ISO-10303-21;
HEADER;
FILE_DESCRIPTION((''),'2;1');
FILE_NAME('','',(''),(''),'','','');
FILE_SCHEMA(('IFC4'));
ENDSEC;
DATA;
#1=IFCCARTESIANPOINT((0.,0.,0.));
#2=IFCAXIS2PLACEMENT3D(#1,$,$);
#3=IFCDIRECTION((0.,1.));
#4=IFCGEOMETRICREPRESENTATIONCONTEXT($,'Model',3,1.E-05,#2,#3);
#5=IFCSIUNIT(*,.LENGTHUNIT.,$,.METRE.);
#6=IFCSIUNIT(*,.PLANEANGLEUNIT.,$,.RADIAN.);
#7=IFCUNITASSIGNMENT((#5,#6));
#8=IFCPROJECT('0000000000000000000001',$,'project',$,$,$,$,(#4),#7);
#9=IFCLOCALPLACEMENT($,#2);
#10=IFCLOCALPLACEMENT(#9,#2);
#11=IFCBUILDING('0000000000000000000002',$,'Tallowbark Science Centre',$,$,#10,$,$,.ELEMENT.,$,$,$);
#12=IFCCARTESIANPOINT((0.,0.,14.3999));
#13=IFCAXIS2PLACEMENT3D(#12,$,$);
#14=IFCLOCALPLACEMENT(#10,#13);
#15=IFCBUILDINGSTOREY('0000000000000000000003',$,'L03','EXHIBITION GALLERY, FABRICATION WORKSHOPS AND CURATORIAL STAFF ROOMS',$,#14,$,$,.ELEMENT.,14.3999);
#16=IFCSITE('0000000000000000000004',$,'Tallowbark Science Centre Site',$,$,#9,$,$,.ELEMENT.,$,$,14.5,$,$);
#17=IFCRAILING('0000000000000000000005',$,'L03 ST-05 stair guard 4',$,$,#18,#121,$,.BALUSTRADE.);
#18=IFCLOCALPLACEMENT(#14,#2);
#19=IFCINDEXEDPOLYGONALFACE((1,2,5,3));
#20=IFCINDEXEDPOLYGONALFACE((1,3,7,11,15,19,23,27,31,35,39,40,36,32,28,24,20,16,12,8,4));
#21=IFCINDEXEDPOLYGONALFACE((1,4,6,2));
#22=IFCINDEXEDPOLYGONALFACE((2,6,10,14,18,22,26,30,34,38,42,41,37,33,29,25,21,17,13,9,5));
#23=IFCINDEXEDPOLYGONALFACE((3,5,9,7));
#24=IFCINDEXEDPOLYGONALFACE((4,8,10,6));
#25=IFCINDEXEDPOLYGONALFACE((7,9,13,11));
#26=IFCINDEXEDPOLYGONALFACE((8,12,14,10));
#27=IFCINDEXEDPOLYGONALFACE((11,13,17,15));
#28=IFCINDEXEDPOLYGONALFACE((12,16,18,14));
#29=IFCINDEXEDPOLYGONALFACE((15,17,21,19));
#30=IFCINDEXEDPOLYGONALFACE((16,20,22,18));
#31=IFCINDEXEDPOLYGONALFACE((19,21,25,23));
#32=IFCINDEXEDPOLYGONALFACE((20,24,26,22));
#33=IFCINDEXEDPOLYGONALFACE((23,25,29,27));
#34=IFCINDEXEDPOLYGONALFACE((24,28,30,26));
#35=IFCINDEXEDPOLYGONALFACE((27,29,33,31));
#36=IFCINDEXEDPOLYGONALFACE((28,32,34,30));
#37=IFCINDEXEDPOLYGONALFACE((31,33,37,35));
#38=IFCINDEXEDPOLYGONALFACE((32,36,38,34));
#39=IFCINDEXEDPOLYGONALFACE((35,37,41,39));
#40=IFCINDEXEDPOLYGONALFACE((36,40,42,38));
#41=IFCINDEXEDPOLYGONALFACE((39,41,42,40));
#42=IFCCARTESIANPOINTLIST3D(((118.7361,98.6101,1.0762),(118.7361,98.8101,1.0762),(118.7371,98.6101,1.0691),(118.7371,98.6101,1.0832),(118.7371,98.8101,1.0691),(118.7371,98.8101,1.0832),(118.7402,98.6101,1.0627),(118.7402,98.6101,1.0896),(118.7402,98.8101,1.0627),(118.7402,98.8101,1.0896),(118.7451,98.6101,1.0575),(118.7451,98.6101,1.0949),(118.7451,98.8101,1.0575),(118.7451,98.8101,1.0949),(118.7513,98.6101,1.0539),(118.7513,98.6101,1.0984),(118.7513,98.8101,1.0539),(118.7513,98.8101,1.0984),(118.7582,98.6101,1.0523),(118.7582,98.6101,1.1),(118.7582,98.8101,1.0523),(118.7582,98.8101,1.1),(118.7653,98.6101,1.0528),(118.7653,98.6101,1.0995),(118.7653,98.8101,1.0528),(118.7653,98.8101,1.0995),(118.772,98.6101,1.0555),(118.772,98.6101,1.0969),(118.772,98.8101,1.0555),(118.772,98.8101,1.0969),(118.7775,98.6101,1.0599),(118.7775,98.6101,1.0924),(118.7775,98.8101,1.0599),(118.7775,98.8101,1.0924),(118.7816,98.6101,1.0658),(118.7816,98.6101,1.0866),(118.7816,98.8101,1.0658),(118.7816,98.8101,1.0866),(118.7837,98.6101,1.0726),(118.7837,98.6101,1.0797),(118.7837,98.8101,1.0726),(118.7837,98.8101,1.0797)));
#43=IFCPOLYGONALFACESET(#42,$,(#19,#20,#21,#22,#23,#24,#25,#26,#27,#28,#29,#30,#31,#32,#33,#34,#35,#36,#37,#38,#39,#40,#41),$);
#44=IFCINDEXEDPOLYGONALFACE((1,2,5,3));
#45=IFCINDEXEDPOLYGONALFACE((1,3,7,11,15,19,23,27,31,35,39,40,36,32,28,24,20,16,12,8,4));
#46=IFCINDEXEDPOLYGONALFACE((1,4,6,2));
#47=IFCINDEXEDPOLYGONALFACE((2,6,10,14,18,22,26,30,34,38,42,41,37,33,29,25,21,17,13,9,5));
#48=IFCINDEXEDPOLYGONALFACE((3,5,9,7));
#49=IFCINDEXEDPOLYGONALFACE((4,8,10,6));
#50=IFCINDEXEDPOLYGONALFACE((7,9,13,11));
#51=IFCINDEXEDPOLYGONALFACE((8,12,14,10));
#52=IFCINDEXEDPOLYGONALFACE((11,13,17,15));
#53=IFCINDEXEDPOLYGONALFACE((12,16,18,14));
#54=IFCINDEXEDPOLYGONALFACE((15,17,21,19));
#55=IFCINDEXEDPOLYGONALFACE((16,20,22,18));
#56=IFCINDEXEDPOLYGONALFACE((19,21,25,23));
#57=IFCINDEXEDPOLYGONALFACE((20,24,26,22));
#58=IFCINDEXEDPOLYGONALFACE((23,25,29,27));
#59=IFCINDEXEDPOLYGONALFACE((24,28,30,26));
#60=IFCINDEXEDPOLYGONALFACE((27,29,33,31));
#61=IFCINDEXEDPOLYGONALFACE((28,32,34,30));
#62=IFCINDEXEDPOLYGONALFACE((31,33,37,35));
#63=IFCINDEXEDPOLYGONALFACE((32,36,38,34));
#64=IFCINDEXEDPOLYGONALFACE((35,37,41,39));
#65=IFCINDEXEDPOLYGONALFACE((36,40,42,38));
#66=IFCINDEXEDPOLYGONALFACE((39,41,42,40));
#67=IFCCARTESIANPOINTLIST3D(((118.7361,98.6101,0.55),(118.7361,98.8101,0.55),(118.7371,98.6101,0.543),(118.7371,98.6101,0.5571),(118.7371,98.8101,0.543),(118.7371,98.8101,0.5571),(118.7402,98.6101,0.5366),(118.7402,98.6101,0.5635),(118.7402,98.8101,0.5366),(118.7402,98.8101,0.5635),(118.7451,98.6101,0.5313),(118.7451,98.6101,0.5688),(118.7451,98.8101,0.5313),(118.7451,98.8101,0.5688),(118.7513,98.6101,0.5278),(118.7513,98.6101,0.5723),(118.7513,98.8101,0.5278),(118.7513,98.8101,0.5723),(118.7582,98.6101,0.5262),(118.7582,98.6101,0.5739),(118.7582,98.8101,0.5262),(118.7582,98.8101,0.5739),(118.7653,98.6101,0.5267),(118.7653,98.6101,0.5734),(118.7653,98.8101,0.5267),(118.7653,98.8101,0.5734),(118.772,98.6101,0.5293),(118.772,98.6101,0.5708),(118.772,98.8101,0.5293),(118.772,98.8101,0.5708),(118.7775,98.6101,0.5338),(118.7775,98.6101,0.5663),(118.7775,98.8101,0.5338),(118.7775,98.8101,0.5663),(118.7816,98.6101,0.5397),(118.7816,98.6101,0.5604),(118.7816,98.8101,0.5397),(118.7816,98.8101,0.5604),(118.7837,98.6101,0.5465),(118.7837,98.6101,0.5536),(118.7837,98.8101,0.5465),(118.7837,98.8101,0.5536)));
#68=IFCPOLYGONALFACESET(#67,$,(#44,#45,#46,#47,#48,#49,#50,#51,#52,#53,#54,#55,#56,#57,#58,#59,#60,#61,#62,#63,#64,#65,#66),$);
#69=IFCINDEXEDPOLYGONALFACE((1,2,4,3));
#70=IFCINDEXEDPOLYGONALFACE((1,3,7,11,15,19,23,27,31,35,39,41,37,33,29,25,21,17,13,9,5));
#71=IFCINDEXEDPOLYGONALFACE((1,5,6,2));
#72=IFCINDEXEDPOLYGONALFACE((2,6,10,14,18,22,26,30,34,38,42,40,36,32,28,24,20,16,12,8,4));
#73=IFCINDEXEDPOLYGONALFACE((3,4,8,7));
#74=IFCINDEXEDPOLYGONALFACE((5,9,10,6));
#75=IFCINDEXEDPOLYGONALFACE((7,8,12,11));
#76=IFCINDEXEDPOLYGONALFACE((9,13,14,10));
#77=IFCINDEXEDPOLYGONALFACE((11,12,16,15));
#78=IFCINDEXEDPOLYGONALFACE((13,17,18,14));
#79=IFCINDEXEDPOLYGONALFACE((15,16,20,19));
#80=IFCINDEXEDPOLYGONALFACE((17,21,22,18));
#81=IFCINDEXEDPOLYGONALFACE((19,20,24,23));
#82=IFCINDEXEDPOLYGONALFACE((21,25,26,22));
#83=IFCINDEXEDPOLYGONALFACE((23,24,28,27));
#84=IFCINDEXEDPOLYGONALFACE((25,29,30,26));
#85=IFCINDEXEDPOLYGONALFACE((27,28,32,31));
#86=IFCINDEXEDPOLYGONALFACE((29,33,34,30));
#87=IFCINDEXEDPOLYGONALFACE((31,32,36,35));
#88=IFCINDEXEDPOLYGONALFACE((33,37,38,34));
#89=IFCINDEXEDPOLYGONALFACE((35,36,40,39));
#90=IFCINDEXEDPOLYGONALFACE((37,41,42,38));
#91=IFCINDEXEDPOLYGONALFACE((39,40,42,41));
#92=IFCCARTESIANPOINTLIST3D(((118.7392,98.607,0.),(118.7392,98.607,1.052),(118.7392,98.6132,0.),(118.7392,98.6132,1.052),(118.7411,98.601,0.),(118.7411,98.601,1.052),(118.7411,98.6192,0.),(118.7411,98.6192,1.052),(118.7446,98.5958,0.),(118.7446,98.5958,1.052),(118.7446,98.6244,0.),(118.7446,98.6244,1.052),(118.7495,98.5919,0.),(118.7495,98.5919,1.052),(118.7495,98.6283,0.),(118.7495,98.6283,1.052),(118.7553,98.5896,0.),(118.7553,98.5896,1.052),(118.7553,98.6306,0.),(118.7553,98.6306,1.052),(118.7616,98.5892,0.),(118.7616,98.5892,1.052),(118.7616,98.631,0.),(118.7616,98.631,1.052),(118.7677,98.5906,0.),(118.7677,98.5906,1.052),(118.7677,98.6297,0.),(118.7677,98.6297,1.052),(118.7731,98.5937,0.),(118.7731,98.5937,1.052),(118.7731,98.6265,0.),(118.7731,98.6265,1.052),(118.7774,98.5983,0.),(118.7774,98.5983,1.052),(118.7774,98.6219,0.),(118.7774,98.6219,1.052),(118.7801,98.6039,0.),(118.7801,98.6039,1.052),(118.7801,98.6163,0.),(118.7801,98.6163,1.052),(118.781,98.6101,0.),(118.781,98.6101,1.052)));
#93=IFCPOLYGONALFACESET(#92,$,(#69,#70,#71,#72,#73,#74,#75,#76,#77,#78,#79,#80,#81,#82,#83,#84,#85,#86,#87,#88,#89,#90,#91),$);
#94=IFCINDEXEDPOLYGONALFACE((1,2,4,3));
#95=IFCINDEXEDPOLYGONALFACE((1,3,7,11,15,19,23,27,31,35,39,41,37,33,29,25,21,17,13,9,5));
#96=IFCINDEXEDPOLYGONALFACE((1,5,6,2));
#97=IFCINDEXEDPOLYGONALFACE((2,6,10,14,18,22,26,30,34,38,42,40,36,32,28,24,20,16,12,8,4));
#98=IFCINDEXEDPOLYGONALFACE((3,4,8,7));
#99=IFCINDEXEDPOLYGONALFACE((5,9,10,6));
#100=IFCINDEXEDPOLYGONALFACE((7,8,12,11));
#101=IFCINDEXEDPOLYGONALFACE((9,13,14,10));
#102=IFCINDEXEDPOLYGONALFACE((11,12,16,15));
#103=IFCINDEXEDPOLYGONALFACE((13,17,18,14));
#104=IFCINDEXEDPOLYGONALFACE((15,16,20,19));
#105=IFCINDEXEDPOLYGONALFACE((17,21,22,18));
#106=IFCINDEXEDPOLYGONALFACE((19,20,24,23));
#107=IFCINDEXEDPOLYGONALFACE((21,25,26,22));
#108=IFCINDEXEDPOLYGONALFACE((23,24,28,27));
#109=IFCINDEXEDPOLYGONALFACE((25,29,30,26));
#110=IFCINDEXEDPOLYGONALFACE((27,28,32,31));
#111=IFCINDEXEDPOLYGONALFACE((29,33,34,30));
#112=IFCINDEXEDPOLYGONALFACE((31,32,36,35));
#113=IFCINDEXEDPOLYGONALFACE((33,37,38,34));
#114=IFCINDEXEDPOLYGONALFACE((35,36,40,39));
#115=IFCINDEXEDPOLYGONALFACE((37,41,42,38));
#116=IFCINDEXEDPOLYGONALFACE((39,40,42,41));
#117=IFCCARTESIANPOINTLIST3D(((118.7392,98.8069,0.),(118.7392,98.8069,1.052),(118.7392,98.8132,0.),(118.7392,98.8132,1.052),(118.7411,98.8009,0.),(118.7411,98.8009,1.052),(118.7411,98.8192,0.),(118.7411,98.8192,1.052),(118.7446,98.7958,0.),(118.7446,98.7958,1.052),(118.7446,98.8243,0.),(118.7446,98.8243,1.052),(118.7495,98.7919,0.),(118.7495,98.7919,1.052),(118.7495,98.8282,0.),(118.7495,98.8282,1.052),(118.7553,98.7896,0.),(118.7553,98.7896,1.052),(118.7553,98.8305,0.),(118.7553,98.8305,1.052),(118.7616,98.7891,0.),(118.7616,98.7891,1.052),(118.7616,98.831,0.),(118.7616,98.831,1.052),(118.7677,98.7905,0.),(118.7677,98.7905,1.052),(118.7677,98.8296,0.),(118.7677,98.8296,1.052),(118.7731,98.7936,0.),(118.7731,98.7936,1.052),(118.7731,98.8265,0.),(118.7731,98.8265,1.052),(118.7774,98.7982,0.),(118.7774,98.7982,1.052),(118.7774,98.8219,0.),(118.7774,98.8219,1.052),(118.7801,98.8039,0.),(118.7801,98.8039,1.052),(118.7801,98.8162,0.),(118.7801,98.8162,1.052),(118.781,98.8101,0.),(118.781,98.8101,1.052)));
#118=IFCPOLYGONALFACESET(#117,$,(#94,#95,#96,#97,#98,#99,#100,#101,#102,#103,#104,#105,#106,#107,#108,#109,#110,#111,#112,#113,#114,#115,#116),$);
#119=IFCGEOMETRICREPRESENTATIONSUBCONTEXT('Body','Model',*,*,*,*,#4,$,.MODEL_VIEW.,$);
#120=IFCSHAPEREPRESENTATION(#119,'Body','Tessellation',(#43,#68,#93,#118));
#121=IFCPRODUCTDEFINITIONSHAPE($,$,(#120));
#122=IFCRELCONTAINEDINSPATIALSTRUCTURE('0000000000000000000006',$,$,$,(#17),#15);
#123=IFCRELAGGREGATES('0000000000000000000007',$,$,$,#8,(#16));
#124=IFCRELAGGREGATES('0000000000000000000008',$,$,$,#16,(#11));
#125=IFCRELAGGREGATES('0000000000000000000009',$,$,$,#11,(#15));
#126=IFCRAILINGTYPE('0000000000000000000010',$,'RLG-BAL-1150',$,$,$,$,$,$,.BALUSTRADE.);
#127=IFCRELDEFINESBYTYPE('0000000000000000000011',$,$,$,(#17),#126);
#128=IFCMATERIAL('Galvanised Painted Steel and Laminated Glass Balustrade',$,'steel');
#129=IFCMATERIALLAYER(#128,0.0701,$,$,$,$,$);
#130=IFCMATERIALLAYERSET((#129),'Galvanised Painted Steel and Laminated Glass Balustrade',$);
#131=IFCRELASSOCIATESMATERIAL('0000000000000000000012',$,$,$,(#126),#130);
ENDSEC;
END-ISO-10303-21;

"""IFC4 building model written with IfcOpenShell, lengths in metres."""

from ifc_helpers import new_model, si_unit, direction, frame, origin, origin_2d, place, context, subcontext, project, spatial, circle, extrude, material, layer, layer_set, type_object, element, save


model = new_model("IFC4")

# Units and contexts
model_context = context("Model", 3, precision=1e-05, world=origin(), true_north=direction((0.0, 1.0)))
body_context = subcontext(model_context, "Body", "Model", "MODEL_VIEW")
ifc_project = project(units=[si_unit("LENGTHUNIT", "METRE"), si_unit("PLANEANGLEUNIT", "RADIAN")], contexts=[model_context])

# Site, building, storey
site_placement = place(None, origin())
site = spatial("IfcSite", under=ifc_project, at=site_placement, Name="Tallowbark Science Centre Site", CompositionType="ELEMENT", RefElevation=14.5)
building_placement = place(site_placement, origin())
building = spatial("IfcBuilding", under=site, at=building_placement, Name="Tallowbark Science Centre", CompositionType="ELEMENT")
storey_placement = place(building_placement, frame((0.0, 0.0, 14.3999)))
storey = spatial("IfcBuildingStorey", under=building, at=storey_placement, Name="L03", Description="EXHIBITION GALLERY, FABRICATION WORKSHOPS AND CURATORIAL STAFF ROOMS", CompositionType="ELEMENT", Elevation=14.3999)

# Railing
ifc_material_1 = material(Name="Galvanised Painted Steel and Laminated Glass Balustrade", Category="steel")
ifc_layer_1 = layer(ifc_material_1, 0.0701)
ifc_layer_set_1 = layer_set([ifc_layer_1], Name="Galvanised Painted Steel and Laminated Glass Balustrade")
railing_type_1 = type_object("IfcRailingType", Name="RLG-BAL-1150", PredefinedType="BALUSTRADE", material=ifc_layer_set_1)
railing_1_placement = place(storey_placement, frame((118.76, 98.6101, 0.0)))
element("IfcRailing", 1, at=railing_1_placement, inside=storey, type_object=railing_type_1, Name="L03 ST-05 stair guard 4", PredefinedType="BALUSTRADE", context=body_context, shape_type="SweptSolid", body=[
    extrude(circle(Radius=0.0239, at=origin_2d()), frame((0.0, 0.0, 1.0762), z_axis=(0.0, 1.0, 0.0), x_axis=(-1.0, 0.0, 0.0)), (0.0, 0.0, 1.0), 0.2),
    extrude(circle(Radius=0.0239, at=origin_2d()), frame((0.0, 0.0, 0.55), z_axis=(0.0, 1.0, 0.0), x_axis=(-1.0, 0.0, 0.0)), (0.0, 0.0, 1.0), 0.2),
    extrude(circle(Radius=0.021, at=origin_2d()), origin(), (0.0, 0.0, 1.0), 1.052),
    extrude(circle(Radius=0.021, at=origin_2d()), frame((0.0, 0.2, 0.0)), (0.0, 0.0, 1.0), 1.052),
])

save(model, "model.ifc")
